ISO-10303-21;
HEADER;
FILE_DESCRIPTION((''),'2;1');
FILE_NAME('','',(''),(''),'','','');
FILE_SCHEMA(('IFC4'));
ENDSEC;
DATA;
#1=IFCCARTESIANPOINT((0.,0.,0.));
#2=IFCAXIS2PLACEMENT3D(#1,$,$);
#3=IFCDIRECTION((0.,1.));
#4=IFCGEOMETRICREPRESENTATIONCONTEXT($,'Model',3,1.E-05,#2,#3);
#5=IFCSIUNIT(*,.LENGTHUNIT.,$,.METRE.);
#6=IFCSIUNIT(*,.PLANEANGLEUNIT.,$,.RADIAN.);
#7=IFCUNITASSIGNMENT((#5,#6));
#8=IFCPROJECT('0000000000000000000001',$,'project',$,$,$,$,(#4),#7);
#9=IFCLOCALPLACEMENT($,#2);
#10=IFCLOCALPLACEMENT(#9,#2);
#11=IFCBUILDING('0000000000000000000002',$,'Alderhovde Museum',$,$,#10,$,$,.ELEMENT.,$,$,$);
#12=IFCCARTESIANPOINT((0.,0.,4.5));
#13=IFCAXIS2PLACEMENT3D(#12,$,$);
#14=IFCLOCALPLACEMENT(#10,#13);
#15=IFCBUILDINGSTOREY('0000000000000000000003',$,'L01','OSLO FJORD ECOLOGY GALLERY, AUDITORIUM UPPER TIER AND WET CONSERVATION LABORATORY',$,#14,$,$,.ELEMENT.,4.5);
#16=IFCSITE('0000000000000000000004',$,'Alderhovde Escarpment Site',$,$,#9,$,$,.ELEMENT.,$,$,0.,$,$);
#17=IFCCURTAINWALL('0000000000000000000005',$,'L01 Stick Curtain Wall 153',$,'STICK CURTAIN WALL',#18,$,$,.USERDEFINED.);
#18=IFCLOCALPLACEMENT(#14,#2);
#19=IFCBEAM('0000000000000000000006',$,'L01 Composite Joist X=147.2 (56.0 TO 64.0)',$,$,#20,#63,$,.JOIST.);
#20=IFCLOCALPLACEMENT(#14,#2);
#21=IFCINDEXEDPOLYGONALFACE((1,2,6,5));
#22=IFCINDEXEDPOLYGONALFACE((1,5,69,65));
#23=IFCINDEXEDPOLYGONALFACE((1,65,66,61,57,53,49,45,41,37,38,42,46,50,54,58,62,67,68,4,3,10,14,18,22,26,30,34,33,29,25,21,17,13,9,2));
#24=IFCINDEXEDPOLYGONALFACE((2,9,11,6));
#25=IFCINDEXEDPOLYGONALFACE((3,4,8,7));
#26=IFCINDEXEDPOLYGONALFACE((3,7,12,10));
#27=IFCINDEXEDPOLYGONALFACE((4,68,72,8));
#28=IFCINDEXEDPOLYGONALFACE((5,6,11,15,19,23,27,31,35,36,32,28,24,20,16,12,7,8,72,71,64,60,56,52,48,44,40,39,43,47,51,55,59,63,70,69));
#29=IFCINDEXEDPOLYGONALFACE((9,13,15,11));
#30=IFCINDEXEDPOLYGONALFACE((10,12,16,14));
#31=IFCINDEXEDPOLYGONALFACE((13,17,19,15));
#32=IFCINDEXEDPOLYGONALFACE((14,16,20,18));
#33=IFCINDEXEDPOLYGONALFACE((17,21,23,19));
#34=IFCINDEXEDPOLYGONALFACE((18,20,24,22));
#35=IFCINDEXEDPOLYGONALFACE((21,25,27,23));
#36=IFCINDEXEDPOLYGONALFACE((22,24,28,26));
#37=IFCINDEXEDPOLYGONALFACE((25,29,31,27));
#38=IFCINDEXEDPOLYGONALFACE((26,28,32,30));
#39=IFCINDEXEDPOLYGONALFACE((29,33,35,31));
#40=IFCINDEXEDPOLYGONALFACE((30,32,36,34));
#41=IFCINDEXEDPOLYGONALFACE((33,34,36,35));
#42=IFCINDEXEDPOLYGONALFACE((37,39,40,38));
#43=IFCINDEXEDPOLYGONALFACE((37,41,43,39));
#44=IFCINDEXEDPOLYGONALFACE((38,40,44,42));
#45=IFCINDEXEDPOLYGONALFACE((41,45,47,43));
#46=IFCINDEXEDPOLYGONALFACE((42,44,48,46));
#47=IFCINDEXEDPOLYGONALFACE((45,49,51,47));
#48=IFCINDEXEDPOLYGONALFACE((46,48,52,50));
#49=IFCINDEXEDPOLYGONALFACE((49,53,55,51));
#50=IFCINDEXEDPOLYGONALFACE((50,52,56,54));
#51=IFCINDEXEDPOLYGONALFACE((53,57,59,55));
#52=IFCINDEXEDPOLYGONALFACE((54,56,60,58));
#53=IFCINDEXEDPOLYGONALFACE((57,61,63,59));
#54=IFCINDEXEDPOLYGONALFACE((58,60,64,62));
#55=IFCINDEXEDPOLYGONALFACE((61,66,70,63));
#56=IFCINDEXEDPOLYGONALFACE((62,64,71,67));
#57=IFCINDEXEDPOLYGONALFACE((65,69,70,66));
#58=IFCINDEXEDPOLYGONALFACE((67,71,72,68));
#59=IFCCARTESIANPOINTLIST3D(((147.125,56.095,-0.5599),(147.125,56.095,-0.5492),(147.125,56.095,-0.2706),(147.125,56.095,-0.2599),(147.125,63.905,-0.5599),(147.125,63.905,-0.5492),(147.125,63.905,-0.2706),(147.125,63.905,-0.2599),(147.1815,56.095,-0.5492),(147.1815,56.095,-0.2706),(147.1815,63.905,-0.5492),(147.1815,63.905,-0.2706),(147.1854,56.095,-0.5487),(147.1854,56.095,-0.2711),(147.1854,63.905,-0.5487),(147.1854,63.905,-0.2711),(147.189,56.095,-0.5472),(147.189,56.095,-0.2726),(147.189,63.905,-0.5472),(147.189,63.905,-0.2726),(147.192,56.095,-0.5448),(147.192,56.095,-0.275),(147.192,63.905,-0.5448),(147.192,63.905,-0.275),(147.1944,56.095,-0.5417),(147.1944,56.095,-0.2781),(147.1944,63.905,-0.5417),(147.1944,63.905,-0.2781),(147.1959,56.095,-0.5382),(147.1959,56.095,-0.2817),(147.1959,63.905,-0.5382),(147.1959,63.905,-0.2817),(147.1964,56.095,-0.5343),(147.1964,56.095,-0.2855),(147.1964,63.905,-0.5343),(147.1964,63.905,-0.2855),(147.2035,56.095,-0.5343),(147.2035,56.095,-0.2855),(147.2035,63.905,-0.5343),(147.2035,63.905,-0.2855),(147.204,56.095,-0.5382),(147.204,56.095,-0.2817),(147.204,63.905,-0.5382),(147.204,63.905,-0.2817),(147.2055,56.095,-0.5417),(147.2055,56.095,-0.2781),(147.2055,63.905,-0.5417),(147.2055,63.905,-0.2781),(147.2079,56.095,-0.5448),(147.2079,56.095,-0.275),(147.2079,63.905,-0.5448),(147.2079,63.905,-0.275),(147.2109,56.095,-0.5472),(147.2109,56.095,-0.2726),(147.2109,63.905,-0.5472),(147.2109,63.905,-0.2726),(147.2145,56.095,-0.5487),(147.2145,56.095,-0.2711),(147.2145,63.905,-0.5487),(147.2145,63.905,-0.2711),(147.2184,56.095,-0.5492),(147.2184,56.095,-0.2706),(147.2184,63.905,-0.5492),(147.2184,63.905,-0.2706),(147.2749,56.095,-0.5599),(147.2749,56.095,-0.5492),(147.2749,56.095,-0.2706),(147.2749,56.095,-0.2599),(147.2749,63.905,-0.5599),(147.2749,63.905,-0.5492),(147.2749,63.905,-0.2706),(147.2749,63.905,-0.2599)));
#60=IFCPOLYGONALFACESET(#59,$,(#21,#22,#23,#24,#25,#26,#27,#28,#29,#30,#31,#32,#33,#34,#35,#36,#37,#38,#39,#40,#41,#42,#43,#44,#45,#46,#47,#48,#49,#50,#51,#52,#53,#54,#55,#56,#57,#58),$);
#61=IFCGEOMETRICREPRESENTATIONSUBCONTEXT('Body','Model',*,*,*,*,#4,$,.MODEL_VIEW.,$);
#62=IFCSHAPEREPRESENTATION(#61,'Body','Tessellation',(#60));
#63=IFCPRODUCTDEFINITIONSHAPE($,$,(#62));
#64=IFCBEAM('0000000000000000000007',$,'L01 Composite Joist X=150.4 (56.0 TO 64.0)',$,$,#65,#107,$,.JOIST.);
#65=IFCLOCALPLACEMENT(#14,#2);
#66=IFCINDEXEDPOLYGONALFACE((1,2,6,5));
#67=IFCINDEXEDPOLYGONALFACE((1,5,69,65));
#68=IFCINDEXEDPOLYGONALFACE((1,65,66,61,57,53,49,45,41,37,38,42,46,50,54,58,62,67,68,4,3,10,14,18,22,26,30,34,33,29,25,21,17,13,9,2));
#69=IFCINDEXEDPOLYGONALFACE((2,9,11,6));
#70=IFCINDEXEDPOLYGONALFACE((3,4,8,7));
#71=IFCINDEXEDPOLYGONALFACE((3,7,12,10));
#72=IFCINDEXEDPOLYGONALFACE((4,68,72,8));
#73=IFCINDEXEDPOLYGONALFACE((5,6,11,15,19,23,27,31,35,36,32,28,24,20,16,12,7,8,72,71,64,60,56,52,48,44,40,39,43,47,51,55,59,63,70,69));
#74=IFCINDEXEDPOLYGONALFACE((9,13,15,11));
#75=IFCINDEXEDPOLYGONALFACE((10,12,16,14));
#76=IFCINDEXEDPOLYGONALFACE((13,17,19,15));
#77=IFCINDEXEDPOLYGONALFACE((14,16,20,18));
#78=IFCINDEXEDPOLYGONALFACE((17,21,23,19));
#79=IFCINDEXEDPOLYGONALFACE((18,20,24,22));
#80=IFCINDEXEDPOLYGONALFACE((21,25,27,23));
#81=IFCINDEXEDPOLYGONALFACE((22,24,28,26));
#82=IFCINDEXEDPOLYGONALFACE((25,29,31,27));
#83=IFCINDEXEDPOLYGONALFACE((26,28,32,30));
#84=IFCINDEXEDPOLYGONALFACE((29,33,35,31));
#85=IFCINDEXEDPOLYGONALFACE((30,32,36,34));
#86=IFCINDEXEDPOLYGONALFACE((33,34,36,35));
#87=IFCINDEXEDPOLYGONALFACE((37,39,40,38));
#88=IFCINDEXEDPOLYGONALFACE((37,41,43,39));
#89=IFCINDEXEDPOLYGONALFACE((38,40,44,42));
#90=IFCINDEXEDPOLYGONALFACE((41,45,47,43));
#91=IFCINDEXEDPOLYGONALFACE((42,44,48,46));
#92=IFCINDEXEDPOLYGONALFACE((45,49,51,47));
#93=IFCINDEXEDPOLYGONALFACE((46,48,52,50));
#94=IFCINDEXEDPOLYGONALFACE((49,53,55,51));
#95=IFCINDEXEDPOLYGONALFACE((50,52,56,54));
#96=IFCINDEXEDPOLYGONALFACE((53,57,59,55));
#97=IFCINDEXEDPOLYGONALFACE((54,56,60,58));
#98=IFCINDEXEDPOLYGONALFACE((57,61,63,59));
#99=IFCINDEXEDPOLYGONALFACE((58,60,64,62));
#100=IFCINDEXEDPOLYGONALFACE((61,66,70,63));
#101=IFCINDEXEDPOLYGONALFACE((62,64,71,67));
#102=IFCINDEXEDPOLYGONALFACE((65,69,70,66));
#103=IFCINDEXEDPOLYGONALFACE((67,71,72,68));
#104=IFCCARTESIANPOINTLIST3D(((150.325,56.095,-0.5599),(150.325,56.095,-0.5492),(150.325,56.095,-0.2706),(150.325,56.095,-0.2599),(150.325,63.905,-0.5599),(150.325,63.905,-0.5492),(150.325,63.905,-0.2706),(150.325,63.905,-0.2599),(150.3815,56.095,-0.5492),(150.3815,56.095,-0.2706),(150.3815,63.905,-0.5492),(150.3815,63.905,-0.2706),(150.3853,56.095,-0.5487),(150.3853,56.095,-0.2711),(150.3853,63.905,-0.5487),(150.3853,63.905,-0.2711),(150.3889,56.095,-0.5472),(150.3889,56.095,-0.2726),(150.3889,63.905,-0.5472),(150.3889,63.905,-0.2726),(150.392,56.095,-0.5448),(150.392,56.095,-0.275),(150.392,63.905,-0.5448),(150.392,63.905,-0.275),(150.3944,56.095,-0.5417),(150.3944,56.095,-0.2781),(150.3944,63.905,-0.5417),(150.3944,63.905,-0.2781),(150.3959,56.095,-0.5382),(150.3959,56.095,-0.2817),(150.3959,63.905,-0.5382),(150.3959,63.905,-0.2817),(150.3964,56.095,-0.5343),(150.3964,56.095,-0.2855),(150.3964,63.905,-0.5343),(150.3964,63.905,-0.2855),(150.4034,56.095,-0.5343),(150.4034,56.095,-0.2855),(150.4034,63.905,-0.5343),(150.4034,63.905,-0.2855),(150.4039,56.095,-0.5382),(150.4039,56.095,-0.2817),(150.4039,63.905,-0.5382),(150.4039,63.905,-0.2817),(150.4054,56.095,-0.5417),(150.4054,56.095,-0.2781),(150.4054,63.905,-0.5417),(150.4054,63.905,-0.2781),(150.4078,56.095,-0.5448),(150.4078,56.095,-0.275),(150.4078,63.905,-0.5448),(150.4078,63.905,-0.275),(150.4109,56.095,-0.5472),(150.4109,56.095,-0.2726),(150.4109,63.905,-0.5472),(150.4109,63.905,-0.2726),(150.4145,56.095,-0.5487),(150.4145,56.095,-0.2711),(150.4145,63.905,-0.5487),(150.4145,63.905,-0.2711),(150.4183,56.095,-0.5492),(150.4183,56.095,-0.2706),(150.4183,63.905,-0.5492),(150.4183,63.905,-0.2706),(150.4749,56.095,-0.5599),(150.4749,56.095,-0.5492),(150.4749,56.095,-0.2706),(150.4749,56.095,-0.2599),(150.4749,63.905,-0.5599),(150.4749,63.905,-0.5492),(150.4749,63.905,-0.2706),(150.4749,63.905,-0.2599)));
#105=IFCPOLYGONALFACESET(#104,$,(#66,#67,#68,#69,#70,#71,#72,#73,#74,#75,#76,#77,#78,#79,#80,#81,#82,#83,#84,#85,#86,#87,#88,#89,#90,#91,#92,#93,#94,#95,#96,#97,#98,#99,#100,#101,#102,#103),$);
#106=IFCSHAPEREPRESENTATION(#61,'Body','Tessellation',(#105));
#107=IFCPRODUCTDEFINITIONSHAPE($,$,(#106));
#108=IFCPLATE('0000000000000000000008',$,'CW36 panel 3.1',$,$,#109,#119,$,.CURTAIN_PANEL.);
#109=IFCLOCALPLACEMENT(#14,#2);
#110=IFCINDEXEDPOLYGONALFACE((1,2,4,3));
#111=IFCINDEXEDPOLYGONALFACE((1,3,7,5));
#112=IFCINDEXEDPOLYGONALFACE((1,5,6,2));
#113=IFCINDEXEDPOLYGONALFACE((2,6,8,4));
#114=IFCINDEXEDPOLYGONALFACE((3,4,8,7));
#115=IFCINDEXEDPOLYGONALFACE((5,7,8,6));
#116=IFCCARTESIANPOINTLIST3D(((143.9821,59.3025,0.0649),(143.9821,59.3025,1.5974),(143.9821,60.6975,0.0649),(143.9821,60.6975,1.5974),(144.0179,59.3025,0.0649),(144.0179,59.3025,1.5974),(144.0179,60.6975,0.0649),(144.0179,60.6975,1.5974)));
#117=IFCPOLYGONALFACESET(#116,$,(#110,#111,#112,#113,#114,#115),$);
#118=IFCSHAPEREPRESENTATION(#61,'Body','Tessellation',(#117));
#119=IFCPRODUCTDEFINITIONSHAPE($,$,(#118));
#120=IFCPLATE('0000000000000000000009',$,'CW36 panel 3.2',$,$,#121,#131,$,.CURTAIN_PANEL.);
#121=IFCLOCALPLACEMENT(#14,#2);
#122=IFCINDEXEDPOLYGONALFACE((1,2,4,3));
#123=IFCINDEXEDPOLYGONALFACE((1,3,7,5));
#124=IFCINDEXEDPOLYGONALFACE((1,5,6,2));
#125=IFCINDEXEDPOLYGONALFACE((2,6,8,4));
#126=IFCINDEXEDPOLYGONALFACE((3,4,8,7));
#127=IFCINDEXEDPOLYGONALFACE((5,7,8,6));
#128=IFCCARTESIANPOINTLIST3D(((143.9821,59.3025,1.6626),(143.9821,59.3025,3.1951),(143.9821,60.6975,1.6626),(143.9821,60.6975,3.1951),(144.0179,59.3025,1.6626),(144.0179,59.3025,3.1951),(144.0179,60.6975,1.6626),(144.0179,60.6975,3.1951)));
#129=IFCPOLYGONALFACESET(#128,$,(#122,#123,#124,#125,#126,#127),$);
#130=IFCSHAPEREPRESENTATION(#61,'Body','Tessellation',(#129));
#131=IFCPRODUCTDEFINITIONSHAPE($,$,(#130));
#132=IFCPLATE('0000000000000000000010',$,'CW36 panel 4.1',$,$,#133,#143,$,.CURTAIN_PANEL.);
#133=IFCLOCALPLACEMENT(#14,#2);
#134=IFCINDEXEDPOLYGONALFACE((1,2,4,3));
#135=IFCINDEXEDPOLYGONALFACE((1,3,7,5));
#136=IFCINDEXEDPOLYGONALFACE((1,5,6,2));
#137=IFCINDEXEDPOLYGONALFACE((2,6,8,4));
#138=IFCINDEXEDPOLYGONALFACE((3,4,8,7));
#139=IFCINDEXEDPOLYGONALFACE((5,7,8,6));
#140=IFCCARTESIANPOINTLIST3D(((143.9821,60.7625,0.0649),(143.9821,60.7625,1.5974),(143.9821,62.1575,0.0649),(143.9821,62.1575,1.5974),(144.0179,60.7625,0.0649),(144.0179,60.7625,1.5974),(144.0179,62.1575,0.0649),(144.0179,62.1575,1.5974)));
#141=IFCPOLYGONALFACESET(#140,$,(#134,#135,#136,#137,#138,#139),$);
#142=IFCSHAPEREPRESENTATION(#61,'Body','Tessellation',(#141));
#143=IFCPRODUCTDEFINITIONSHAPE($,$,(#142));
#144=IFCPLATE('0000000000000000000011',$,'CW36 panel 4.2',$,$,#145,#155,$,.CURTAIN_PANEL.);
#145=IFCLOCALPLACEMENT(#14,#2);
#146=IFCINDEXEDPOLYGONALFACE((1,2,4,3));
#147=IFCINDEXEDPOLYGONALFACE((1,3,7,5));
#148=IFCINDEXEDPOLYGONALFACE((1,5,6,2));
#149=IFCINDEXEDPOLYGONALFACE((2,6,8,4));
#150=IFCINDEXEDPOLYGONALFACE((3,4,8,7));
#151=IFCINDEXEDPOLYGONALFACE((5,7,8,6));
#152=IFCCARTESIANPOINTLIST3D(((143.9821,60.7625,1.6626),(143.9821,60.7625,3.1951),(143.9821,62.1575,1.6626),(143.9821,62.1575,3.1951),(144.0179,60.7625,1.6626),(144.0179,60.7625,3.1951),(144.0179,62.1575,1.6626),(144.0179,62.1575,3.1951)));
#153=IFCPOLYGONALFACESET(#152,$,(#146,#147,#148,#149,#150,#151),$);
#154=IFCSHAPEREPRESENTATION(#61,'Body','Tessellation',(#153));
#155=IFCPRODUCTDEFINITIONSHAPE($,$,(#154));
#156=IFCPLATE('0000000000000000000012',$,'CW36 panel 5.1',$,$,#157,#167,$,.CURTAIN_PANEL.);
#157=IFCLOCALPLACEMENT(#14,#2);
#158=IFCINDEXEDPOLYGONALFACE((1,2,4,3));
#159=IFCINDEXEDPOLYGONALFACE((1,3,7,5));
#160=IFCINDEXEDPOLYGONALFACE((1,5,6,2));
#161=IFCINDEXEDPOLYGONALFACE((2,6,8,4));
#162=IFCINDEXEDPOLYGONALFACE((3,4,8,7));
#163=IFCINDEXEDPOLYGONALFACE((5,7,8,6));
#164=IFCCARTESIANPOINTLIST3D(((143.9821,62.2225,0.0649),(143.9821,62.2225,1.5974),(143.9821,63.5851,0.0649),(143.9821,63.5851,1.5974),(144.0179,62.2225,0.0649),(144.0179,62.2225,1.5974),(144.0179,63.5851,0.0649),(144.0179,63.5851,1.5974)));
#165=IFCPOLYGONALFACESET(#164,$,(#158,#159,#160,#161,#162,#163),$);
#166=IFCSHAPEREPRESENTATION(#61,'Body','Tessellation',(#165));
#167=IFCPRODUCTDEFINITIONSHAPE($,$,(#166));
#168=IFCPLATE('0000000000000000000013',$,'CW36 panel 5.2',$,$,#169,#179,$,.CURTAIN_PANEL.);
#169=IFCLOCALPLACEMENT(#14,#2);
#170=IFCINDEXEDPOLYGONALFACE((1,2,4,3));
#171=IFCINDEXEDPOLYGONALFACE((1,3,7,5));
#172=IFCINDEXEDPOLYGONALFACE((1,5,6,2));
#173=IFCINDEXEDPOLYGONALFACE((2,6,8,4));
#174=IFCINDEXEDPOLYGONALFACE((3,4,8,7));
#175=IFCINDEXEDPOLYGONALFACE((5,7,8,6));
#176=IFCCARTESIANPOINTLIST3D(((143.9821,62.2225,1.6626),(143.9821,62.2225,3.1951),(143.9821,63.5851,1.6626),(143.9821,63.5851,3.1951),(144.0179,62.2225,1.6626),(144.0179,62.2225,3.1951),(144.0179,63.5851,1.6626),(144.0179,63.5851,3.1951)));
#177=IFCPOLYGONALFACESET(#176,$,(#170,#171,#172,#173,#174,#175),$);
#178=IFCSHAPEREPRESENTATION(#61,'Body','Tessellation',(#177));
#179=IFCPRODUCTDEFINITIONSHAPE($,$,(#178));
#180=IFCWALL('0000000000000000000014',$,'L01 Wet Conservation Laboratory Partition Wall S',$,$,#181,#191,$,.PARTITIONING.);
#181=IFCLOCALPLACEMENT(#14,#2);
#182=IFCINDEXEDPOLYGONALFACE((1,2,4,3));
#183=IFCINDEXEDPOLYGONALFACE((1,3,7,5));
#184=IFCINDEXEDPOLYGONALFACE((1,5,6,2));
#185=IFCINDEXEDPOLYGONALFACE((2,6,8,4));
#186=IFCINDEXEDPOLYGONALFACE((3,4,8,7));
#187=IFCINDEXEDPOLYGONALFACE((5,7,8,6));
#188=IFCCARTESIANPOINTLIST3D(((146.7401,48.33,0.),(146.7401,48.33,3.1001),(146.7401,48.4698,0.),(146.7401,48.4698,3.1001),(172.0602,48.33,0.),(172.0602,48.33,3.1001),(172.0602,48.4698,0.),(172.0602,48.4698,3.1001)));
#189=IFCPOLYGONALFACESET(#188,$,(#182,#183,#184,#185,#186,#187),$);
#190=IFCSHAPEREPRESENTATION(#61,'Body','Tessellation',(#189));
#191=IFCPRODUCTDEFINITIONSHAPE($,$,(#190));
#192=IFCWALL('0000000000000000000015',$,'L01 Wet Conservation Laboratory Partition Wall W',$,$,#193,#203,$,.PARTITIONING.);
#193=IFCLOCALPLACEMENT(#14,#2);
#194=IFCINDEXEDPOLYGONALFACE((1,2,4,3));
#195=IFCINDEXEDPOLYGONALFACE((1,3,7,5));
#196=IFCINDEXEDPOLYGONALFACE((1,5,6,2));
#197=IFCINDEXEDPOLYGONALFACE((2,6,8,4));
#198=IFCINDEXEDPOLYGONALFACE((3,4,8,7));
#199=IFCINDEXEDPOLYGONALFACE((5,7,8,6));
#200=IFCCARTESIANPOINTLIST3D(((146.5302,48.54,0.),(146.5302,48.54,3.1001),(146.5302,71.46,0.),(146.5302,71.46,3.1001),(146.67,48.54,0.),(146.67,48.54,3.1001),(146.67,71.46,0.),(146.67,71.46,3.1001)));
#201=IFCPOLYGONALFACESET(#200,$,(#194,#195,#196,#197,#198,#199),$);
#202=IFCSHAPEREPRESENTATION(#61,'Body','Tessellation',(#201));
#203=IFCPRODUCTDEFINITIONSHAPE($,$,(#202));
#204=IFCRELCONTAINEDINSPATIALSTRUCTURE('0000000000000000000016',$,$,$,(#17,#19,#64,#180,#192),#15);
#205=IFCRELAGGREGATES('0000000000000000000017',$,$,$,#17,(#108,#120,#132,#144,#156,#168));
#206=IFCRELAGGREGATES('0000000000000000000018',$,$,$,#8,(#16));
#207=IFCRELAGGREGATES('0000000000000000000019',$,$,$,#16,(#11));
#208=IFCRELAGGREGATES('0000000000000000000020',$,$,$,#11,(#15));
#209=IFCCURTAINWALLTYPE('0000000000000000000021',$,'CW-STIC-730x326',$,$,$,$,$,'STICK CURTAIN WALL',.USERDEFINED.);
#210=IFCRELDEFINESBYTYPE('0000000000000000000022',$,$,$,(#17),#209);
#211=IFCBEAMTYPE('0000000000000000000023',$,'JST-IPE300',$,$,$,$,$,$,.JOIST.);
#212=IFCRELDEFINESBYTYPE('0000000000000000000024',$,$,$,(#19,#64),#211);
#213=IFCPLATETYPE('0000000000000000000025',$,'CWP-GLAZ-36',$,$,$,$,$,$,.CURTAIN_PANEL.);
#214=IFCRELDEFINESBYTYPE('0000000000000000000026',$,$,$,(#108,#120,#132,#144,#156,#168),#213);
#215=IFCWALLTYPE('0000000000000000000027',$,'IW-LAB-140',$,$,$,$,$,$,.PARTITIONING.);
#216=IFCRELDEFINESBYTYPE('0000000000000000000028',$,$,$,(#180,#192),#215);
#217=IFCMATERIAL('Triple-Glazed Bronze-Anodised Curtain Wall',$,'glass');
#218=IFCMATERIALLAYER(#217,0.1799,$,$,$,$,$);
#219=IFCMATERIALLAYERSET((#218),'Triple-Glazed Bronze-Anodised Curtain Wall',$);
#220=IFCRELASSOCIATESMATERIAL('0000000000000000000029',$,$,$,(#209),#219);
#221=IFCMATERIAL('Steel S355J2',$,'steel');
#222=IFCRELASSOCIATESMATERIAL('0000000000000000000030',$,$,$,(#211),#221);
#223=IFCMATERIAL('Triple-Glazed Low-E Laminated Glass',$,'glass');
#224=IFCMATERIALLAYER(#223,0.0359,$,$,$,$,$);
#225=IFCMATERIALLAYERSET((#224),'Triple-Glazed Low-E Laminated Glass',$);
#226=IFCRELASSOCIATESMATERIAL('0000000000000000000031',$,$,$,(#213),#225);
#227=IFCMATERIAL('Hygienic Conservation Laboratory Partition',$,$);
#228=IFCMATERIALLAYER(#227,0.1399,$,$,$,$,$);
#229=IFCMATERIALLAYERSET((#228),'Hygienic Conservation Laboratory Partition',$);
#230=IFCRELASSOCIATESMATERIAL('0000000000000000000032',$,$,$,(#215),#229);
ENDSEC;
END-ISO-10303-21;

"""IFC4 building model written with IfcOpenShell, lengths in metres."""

from ifc_helpers import new_model, si_unit, direction, frame, frame_2d, origin, origin_2d, place, context, subcontext, project, spatial, rectangle, i_section, extrude, material, layer, layer_set, material_profile, profile_set, type_object, element, aggregate, save


model = new_model("IFC4")

# Units and contexts
model_context = context("Model", 3, precision=1e-05, world=origin(), true_north=direction((0.0, 1.0)))
body_context = subcontext(model_context, "Body", "Model", "MODEL_VIEW")
ifc_project = project(units=[si_unit("LENGTHUNIT", "METRE"), si_unit("PLANEANGLEUNIT", "RADIAN")], contexts=[model_context])

# Site, building, storey
site_placement = place(None, origin())
site = spatial("IfcSite", under=ifc_project, at=site_placement, Name="Alderhovde Escarpment Site", CompositionType="ELEMENT", RefElevation=0.0)
building_placement = place(site_placement, origin())
building = spatial("IfcBuilding", under=site, at=building_placement, Name="Alderhovde Museum", CompositionType="ELEMENT")
storey_placement = place(building_placement, frame((0.0, 0.0, 4.5)))
storey = spatial("IfcBuildingStorey", under=building, at=storey_placement, Name="L01", Description="OSLO FJORD ECOLOGY GALLERY, AUDITORIUM UPPER TIER AND WET CONSERVATION LABORATORY", CompositionType="ELEMENT", Elevation=4.5)

# Curtain wall
ifc_material_1 = material(Name="Triple-Glazed Bronze-Anodised Curtain Wall", Category="glass")
ifc_layer_1 = layer(ifc_material_1, 0.1799)
ifc_layer_set_1 = layer_set([ifc_layer_1], Name="Triple-Glazed Bronze-Anodised Curtain Wall")
curtain_wall_type = type_object("IfcCurtainWallType", Name="CW-STIC-730x326", ElementType="STICK CURTAIN WALL", PredefinedType="USERDEFINED", material=ifc_layer_set_1)
curtain_wall_placement = place(storey_placement, origin())
curtain_wall = element("IfcCurtainWall", 1, at=curtain_wall_placement, inside=storey, type_object=curtain_wall_type, Name="L01 Stick Curtain Wall 153", ObjectType="STICK CURTAIN WALL", PredefinedType="USERDEFINED")

# Beams
ifc_material_2 = material(Name="Steel S355J2", Category="steel")
ifc_material_profile_1 = material_profile(ifc_material_2, i_section(OverallWidth=0.1499, OverallDepth=0.3, WebThickness=0.0071, FlangeThickness=0.0107, FilletRadius=0.0149, at=origin_2d()), Name="IPE 300")
ifc_profile_set_1 = profile_set([ifc_material_profile_1], Name="Steel S355J2")
beam_type_1 = type_object("IfcBeamType", Name="JST-IPE300", PredefinedType="JOIST", material=ifc_profile_set_1)
for number, where, z_axis, x_axis, name in (
    (2, (147.2, 56.095, -0.4099), (0.0, 1.0, 0.0), (-1.0, 0.0, 0.0), "L01 Composite Joist X=147.2 (56.0 TO 64.0)"),
    (3, (150.3999, 56.095, -0.4099), (0.0, 1.0, 0.0), (-1.0, 0.0, 0.0), "L01 Composite Joist X=150.4 (56.0 TO 64.0)"),
):
    element("IfcBeam", number, at=place(storey_placement, frame(where, z_axis=z_axis, x_axis=x_axis)), inside=storey, type_object=beam_type_1, Name=name, PredefinedType="JOIST", context=body_context, shape_type="SweptSolid", body=[
        extrude(i_section(OverallWidth=0.1499, OverallDepth=0.3, WebThickness=0.0071, FlangeThickness=0.0107, FilletRadius=0.0149, at=origin_2d()), origin(), (0.0, 0.0, 1.0), 7.8101),
    ])

# Plates
ifc_material_3 = material(Name="Triple-Glazed Low-E Laminated Glass", Category="glass")
ifc_layer_2 = layer(ifc_material_3, 0.0359)
ifc_layer_set_2 = layer_set([ifc_layer_2], Name="Triple-Glazed Low-E Laminated Glass")
plate_type = type_object("IfcPlateType", Name="CWP-GLAZ-36", PredefinedType="CURTAIN_PANEL", material=ifc_layer_set_2)
plate_1_placement = place(storey_placement, frame((144.0, 60.0, 0.0649), z_axis=(0.0, 0.0, 1.0), x_axis=(0.0, 1.0, 0.0)))
plate_1 = element("IfcPlate", 4, at=plate_1_placement, type_object=plate_type, Name="CW36 panel 3.1", PredefinedType="CURTAIN_PANEL", context=body_context, shape_type="SweptSolid", body=[
    extrude(rectangle(XDim=1.395, YDim=0.0359, at=origin_2d()), origin(), (0.0, 0.0, 1.0), 1.5325),
])
plate_2_placement = place(storey_placement, frame((144.0, 60.0, 1.6626), z_axis=(0.0, 0.0, 1.0), x_axis=(0.0, 1.0, 0.0)))
plate_2 = element("IfcPlate", 5, at=plate_2_placement, type_object=plate_type, Name="CW36 panel 3.2", PredefinedType="CURTAIN_PANEL", context=body_context, shape_type="SweptSolid", body=[
    extrude(rectangle(XDim=1.395, YDim=0.0359, at=origin_2d()), origin(), (0.0, 0.0, 1.0), 1.5325),
])
plate_3_placement = place(storey_placement, frame((144.0, 61.46, 0.0649), z_axis=(0.0, 0.0, 1.0), x_axis=(0.0, 1.0, 0.0)))
plate_3 = element("IfcPlate", 6, at=plate_3_placement, type_object=plate_type, Name="CW36 panel 4.1", PredefinedType="CURTAIN_PANEL", context=body_context, shape_type="SweptSolid", body=[
    extrude(rectangle(XDim=1.395, YDim=0.0359, at=origin_2d()), origin(), (0.0, 0.0, 1.0), 1.5325),
])
plate_4_placement = place(storey_placement, frame((144.0, 61.46, 1.6626), z_axis=(0.0, 0.0, 1.0), x_axis=(0.0, 1.0, 0.0)))
plate_4 = element("IfcPlate", 7, at=plate_4_placement, type_object=plate_type, Name="CW36 panel 4.2", PredefinedType="CURTAIN_PANEL", context=body_context, shape_type="SweptSolid", body=[
    extrude(rectangle(XDim=1.395, YDim=0.0359, at=origin_2d()), origin(), (0.0, 0.0, 1.0), 1.5325),
])
plate_5_placement = place(storey_placement, frame((144.0, 62.9038, 0.0649), z_axis=(0.0, 0.0, 1.0), x_axis=(0.0, 1.0, 0.0)))
plate_5 = element("IfcPlate", 8, at=plate_5_placement, type_object=plate_type, Name="CW36 panel 5.1", PredefinedType="CURTAIN_PANEL", context=body_context, shape_type="SweptSolid", body=[
    extrude(rectangle(XDim=1.3625, YDim=0.0359, at=origin_2d()), origin(), (0.0, 0.0, 1.0), 1.5325),
])
plate_6_placement = place(storey_placement, frame((144.0, 62.9038, 1.6626), z_axis=(0.0, 0.0, 1.0), x_axis=(0.0, 1.0, 0.0)))
plate_6 = element("IfcPlate", 9, at=plate_6_placement, type_object=plate_type, Name="CW36 panel 5.2", PredefinedType="CURTAIN_PANEL", context=body_context, shape_type="SweptSolid", body=[
    extrude(rectangle(XDim=1.3625, YDim=0.0359, at=origin_2d()), origin(), (0.0, 0.0, 1.0), 1.5325),
])
aggregate(curtain_wall, [plate_1, plate_2, plate_3, plate_4, plate_5, plate_6])

# Walls
ifc_material_4 = material(Name="Hygienic Conservation Laboratory Partition")
ifc_layer_3 = layer(ifc_material_4, 0.1399)
ifc_layer_set_3 = layer_set([ifc_layer_3], Name="Hygienic Conservation Laboratory Partition")
wall_type = type_object("IfcWallType", Name="IW-LAB-140", PredefinedType="PARTITIONING", material=ifc_layer_set_3)
wall_1_placement = place(storey_placement, frame((146.74, 48.3999, 0.0), z_axis=(0.0, 0.0, 1.0), x_axis=(1.0, 0.0, 0.0)))
element("IfcWall", 10, at=wall_1_placement, inside=storey, type_object=wall_type, Name="L01 Wet Conservation Laboratory Partition Wall S", PredefinedType="PARTITIONING", context=body_context, shape_type="SweptSolid", body=[
    extrude(rectangle(XDim=25.3201, YDim=0.1399, at=frame_2d((12.6602, 0.0))), origin(), (0.0, 0.0, 1.0), 3.1001),
])
wall_2_placement = place(storey_placement, frame((146.6001, 48.54, 0.0), z_axis=(0.0, 0.0, 1.0), x_axis=(0.0, 1.0, 0.0)))
element("IfcWall", 11, at=wall_2_placement, inside=storey, type_object=wall_type, Name="L01 Wet Conservation Laboratory Partition Wall W", PredefinedType="PARTITIONING", context=body_context, shape_type="SweptSolid", body=[
    extrude(rectangle(XDim=22.9199, YDim=0.1399, at=frame_2d((11.46, 0.0))), origin(), (0.0, 0.0, 1.0), 3.1001),
])

save(model, "model.ifc")
